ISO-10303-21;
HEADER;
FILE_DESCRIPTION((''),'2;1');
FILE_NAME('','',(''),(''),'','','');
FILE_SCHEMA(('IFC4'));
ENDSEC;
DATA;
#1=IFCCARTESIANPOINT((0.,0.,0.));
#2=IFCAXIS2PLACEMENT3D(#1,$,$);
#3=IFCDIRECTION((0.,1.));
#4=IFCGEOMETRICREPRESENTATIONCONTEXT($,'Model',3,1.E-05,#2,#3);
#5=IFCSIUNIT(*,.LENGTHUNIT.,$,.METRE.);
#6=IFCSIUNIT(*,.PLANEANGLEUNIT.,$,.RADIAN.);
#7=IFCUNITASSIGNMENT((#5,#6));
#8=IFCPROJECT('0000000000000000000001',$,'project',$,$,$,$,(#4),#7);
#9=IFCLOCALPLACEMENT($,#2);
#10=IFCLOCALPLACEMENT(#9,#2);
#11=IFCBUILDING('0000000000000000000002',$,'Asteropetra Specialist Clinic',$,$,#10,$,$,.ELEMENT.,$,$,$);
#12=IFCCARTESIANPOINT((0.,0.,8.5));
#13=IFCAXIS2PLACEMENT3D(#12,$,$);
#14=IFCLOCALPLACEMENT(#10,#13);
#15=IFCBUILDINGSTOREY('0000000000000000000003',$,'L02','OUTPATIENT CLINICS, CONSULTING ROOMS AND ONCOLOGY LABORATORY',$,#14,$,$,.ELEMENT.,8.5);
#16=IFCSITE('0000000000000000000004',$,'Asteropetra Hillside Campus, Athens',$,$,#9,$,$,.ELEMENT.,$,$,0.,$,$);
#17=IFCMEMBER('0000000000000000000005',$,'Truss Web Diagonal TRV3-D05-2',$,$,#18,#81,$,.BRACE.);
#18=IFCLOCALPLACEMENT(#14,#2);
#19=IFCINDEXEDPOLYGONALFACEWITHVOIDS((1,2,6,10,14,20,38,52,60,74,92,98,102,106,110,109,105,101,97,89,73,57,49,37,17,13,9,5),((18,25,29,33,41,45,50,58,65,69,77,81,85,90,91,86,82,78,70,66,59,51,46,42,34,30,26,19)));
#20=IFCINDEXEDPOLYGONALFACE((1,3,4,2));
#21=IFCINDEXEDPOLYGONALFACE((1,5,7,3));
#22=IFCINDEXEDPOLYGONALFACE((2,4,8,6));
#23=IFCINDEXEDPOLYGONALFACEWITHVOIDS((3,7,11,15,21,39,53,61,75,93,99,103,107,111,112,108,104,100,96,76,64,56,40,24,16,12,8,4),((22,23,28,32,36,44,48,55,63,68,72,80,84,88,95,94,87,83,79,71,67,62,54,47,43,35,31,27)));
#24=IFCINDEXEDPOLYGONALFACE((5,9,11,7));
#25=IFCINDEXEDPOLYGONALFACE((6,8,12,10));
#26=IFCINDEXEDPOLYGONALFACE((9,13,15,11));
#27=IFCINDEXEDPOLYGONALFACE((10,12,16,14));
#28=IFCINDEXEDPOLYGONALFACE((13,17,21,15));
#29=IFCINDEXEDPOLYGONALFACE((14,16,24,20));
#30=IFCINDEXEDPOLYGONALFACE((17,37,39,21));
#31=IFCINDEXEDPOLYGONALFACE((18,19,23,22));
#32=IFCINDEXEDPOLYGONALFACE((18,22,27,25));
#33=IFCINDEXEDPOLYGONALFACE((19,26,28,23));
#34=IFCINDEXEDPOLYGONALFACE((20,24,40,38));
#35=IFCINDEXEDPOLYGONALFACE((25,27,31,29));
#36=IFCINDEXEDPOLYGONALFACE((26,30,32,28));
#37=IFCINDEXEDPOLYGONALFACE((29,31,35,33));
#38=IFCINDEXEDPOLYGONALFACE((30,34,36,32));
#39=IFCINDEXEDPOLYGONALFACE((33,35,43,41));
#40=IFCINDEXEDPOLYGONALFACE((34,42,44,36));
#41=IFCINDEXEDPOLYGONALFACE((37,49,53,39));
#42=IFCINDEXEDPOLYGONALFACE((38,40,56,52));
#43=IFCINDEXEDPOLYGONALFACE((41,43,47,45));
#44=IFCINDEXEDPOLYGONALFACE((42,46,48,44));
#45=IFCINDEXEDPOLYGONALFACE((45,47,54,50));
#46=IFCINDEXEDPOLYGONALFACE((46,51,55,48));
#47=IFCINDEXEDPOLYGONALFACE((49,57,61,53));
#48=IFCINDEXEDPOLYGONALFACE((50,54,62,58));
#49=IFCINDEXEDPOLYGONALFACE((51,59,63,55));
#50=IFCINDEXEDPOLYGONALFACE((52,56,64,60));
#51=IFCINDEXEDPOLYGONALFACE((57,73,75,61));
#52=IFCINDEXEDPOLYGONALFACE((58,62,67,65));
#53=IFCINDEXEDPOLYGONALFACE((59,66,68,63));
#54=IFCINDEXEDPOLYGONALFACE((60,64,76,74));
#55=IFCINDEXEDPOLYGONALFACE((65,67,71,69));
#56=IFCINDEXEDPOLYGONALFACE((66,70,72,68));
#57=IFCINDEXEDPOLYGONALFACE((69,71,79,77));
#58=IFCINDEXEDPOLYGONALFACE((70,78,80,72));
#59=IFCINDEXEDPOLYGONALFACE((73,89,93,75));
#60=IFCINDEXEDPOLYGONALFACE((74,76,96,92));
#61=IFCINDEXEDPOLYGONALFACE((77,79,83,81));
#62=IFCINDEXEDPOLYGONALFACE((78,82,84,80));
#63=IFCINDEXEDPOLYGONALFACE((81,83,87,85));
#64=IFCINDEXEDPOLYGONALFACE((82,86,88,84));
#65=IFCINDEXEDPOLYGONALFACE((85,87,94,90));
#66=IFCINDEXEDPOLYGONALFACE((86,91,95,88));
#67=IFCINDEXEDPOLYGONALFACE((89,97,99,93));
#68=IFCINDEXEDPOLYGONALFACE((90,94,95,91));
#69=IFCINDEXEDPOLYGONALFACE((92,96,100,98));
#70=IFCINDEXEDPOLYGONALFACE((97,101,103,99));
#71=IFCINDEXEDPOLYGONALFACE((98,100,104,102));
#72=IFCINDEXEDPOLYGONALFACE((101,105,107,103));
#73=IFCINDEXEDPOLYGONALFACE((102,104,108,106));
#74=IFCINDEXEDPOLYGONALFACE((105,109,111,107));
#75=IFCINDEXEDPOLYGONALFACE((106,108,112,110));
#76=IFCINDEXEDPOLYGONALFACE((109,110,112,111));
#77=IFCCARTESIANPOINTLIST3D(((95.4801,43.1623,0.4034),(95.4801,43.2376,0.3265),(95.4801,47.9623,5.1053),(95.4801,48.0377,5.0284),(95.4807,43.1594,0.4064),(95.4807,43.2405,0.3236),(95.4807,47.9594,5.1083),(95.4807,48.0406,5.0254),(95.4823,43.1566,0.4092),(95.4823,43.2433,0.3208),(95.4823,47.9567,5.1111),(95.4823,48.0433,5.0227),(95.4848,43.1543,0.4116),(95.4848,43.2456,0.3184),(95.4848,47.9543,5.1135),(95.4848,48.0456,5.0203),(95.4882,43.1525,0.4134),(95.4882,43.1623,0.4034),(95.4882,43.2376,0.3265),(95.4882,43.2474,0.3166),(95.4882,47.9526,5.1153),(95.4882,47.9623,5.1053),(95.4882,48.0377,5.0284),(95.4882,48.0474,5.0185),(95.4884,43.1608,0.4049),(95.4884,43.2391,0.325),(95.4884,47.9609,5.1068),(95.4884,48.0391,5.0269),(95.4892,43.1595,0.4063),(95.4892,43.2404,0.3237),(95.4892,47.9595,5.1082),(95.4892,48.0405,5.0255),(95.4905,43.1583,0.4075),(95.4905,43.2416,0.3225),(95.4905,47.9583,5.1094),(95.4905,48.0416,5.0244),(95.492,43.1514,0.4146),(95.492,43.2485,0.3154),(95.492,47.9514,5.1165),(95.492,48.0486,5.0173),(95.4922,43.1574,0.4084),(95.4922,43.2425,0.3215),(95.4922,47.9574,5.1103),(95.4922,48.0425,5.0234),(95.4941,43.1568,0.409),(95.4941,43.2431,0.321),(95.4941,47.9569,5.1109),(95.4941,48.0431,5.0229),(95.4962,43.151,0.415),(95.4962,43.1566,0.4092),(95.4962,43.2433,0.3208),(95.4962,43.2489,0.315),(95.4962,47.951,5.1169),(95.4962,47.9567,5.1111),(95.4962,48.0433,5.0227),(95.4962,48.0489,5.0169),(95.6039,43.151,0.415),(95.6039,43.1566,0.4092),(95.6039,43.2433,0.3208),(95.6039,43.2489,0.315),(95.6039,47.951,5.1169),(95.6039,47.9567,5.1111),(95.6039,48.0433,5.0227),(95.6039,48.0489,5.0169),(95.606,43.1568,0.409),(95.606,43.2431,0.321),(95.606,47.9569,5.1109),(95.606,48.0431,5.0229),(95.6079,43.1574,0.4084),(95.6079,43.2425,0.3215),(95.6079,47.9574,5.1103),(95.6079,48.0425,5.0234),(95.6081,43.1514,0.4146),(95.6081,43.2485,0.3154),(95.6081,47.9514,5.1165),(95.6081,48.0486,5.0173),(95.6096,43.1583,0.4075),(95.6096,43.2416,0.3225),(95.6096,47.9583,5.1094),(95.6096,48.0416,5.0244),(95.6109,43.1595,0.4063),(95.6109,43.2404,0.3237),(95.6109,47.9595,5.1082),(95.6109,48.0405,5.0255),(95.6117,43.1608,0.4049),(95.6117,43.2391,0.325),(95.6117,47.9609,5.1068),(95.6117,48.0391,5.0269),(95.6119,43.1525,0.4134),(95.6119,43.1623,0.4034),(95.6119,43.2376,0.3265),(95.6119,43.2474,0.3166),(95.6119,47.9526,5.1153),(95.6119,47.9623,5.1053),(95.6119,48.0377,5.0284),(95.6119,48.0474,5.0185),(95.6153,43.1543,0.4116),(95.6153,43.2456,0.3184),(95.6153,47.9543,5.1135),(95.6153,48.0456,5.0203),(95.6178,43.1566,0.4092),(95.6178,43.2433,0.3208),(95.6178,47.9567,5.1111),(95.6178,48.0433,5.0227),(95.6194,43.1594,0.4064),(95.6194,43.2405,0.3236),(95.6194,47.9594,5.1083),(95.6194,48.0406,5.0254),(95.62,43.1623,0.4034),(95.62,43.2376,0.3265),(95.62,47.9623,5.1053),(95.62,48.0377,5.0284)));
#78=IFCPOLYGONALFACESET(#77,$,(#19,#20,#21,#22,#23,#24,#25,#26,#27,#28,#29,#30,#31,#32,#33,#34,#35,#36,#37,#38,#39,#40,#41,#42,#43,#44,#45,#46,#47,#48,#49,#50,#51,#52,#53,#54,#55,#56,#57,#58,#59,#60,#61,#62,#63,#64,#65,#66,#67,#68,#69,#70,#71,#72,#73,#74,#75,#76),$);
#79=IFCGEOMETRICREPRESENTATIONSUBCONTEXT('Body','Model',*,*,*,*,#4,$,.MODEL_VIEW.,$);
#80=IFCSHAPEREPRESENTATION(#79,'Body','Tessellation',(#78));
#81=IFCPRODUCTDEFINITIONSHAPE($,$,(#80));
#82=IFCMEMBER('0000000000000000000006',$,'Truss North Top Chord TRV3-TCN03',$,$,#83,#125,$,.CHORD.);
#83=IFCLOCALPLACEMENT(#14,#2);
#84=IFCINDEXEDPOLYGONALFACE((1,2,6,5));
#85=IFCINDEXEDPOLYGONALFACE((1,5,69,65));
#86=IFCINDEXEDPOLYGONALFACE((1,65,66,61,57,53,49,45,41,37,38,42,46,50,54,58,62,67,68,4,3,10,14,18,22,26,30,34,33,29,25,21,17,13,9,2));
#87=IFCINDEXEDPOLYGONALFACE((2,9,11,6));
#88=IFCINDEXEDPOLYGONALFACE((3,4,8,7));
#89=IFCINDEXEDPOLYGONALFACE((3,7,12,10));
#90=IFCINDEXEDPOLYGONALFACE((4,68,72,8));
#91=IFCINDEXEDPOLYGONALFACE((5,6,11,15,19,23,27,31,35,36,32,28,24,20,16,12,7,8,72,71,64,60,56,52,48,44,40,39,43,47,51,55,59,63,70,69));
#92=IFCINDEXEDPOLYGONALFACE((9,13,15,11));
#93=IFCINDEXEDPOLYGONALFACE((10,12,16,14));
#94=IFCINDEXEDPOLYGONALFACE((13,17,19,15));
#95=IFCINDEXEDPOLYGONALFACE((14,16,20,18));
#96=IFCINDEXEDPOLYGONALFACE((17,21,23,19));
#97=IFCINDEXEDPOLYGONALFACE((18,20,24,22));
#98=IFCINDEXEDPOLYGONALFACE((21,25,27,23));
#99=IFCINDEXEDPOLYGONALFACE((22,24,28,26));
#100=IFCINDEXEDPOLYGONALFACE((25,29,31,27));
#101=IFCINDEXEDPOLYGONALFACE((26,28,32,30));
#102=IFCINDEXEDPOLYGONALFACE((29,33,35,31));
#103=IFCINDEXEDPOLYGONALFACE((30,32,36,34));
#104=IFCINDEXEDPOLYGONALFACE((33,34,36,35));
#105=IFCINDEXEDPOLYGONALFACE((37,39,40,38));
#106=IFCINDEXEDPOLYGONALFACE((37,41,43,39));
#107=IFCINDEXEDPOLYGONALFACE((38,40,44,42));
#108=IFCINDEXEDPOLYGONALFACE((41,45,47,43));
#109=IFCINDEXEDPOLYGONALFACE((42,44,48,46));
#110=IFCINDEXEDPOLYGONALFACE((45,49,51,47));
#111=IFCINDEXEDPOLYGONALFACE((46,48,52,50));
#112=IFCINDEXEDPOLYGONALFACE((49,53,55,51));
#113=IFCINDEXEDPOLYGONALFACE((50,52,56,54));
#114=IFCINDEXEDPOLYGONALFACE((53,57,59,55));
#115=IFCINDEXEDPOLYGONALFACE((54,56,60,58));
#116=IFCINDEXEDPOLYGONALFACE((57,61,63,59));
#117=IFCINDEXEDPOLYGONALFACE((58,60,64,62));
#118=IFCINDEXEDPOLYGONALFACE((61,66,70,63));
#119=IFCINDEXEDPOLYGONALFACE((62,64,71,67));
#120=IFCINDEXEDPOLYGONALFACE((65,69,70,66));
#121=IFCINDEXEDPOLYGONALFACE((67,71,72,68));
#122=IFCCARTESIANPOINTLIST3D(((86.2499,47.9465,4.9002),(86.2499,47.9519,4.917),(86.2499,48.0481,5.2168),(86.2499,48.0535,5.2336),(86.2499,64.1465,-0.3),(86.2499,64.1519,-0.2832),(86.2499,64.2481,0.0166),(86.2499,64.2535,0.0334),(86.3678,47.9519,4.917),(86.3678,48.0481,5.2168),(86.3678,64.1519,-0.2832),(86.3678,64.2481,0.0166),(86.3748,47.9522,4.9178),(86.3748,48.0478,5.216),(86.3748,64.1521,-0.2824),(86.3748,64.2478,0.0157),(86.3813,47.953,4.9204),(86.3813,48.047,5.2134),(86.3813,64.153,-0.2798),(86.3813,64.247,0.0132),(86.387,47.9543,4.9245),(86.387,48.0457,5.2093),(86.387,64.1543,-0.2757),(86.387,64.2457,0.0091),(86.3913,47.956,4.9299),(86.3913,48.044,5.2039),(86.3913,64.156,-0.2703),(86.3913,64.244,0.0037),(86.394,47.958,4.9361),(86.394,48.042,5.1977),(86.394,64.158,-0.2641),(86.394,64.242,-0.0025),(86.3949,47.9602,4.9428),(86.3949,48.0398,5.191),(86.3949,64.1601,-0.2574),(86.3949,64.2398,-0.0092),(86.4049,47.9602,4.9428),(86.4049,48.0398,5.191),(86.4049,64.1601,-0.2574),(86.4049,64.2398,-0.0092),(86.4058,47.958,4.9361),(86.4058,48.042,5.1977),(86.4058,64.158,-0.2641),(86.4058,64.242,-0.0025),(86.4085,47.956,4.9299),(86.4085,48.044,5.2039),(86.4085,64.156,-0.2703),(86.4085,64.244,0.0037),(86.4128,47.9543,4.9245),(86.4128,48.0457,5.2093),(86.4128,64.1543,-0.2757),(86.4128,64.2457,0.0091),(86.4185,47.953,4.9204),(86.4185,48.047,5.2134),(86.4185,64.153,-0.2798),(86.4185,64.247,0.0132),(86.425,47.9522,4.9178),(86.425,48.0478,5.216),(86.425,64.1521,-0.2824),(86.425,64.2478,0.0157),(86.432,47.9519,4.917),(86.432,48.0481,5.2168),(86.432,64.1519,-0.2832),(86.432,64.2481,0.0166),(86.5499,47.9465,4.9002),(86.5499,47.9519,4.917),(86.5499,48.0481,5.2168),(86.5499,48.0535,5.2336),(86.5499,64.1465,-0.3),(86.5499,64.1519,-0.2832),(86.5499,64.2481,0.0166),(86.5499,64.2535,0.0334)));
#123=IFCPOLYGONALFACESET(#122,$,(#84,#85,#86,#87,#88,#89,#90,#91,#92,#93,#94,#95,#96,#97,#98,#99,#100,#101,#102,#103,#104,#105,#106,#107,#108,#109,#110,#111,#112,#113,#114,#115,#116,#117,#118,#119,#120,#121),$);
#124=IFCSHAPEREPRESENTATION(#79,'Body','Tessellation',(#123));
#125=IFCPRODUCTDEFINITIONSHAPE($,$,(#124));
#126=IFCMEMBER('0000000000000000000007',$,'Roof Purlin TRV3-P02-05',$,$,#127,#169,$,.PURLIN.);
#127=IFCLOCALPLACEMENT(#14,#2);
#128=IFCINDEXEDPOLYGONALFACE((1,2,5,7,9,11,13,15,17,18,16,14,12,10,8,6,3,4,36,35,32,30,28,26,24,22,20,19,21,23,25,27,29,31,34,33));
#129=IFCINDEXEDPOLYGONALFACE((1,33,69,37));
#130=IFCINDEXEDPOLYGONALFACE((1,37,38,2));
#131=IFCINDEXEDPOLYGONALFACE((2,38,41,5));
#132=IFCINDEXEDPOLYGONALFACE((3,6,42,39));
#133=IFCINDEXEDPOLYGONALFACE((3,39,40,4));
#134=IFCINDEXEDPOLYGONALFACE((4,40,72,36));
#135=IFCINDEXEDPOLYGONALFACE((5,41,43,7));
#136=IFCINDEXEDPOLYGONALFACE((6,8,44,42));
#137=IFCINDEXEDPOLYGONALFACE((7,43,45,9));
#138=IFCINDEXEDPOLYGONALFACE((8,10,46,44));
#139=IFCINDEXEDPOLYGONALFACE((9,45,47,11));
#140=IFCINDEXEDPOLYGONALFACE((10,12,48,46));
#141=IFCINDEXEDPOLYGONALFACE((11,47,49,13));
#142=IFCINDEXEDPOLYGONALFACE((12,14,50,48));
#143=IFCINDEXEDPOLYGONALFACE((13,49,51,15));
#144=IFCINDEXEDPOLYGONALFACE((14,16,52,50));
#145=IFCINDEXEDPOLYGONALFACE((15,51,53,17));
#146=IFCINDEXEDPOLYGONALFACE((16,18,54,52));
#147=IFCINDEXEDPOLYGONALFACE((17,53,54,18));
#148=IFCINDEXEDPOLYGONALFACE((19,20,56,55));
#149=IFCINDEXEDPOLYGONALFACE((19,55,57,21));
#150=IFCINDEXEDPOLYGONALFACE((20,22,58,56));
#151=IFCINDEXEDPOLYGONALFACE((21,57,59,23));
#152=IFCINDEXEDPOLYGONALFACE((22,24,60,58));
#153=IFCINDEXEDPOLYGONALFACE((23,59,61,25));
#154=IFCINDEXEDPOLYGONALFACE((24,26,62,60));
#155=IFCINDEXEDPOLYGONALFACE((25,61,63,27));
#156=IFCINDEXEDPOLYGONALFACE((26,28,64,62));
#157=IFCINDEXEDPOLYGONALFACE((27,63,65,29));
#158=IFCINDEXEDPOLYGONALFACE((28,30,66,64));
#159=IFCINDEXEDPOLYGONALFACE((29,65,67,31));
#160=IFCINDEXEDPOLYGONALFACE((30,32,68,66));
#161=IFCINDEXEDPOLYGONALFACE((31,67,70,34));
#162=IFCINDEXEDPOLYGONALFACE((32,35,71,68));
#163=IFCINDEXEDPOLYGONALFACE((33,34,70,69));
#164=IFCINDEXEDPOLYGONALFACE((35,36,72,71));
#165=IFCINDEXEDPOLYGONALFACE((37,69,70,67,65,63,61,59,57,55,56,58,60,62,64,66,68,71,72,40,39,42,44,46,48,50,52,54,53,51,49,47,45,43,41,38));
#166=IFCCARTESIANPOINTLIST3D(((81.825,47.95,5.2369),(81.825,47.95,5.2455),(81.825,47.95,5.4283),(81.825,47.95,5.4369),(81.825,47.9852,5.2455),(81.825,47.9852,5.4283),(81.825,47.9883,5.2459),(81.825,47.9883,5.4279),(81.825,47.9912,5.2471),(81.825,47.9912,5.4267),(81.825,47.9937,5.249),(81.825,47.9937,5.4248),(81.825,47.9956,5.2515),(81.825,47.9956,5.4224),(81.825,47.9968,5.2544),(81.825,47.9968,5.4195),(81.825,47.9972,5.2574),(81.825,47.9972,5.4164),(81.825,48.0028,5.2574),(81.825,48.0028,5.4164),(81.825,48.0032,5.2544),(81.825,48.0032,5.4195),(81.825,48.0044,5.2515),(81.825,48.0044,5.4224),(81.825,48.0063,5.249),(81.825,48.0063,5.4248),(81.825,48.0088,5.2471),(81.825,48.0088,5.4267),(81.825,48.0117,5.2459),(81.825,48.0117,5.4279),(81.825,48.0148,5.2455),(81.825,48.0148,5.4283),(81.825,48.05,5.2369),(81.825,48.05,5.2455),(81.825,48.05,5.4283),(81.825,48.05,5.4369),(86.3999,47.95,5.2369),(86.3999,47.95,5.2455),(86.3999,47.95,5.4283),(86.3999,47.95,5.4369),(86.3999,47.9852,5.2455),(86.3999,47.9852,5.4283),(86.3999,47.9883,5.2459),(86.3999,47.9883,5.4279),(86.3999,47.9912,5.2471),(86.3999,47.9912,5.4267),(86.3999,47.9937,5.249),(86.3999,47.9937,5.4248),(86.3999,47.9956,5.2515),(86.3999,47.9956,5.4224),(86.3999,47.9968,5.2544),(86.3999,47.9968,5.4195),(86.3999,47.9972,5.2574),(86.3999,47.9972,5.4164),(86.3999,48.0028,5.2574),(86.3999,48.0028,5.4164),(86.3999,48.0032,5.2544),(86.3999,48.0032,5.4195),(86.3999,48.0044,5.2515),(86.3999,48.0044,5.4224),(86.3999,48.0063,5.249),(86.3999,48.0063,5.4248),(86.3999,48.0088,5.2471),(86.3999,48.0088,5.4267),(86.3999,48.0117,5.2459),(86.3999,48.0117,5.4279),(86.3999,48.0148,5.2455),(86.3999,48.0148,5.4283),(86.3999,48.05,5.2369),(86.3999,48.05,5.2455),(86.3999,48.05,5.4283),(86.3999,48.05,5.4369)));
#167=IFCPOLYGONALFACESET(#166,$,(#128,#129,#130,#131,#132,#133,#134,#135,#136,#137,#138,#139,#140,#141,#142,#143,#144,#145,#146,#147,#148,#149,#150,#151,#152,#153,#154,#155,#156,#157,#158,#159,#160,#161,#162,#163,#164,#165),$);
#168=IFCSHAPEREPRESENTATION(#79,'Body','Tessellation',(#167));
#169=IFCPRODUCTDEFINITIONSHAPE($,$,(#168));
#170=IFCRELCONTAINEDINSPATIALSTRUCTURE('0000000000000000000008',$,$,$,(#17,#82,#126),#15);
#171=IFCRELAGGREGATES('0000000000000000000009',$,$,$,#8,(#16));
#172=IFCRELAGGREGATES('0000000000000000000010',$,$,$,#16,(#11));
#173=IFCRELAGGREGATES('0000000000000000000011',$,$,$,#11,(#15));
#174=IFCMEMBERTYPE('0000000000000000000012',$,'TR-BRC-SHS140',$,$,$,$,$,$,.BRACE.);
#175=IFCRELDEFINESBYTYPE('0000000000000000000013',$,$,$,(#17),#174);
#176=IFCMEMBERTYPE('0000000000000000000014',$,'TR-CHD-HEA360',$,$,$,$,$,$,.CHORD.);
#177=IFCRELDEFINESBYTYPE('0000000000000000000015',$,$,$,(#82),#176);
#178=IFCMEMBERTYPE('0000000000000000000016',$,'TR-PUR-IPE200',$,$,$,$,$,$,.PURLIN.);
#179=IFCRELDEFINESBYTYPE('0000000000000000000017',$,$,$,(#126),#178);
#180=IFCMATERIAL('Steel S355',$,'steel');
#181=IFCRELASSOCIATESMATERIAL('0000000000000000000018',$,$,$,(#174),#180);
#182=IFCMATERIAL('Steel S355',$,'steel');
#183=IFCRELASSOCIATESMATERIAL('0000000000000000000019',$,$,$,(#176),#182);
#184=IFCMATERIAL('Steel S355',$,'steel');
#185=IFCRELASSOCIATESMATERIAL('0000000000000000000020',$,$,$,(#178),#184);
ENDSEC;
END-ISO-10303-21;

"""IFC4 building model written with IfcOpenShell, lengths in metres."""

from ifc_helpers import new_model, si_unit, direction, frame, origin, origin_2d, place, context, subcontext, project, spatial, hollow_rectangle, i_section, extrude, material, material_profile, profile_set, type_object, element, save


model = new_model("IFC4")

# Units and contexts
model_context = context("Model", 3, precision=1e-05, world=origin(), true_north=direction((0.0, 1.0)))
body_context = subcontext(model_context, "Body", "Model", "MODEL_VIEW")
ifc_project = project(units=[si_unit("LENGTHUNIT", "METRE"), si_unit("PLANEANGLEUNIT", "RADIAN")], contexts=[model_context])

# Site, building, storey
site_placement = place(None, origin())
site = spatial("IfcSite", under=ifc_project, at=site_placement, Name="Asteropetra Hillside Campus, Athens", CompositionType="ELEMENT", RefElevation=0.0)
building_placement = place(site_placement, origin())
building = spatial("IfcBuilding", under=site, at=building_placement, Name="Asteropetra Specialist Clinic", CompositionType="ELEMENT")
storey_placement = place(building_placement, frame((0.0, 0.0, 8.5)))
storey = spatial("IfcBuildingStorey", under=building, at=storey_placement, Name="L02", Description="OUTPATIENT CLINICS, CONSULTING ROOMS AND ONCOLOGY LABORATORY", CompositionType="ELEMENT", Elevation=8.5)

# Members
ifc_material_1 = material(Name="Steel S355", Category="steel")
ifc_material_profile_1 = material_profile(ifc_material_1, hollow_rectangle(XDim=0.1399, YDim=0.1399, WallThickness=0.0081, InnerFilletRadius=0.0081, OuterFilletRadius=0.0161, at=origin_2d()), Name="SHS 140x140x8.0")
ifc_profile_set_1 = profile_set([ifc_material_profile_1], Name="Steel S355")
member_type_1 = type_object("IfcMemberType", Name="TR-BRC-SHS140", PredefinedType="BRACE", material=ifc_profile_set_1)
member_1_placement = place(storey_placement, frame((95.55, 43.2, 0.365), z_axis=(0.0, 0.714372, 0.699766), x_axis=(-1.0, 0.0, 0.0)))
element("IfcMember", 1, at=member_1_placement, inside=storey, type_object=member_type_1, Name="Truss Web Diagonal TRV3-D05-2", PredefinedType="BRACE", context=body_context, shape_type="SweptSolid", body=[
    extrude(hollow_rectangle(XDim=0.1399, YDim=0.1399, WallThickness=0.0081, InnerFilletRadius=0.0081, OuterFilletRadius=0.0161, at=origin_2d()), origin(), (0.0, 0.0, 1.0), 6.7192),
])
ifc_material_2 = material(Name="Steel S355", Category="steel")
ifc_material_profile_2 = material_profile(ifc_material_2, i_section(OverallWidth=0.3, OverallDepth=0.3501, WebThickness=0.01, FlangeThickness=0.0176, FilletRadius=0.0271, at=origin_2d()), Name="HEA 360")
ifc_profile_set_2 = profile_set([ifc_material_profile_2], Name="Steel S355")
member_type_2 = type_object("IfcMemberType", Name="TR-CHD-HEA360", PredefinedType="CHORD", material=ifc_profile_set_2)
member_2_placement = place(storey_placement, frame((86.3999, 48.0, 5.0669), z_axis=(0.0, 0.952147, -0.30564), x_axis=(-1.0, 0.0, 0.0)))
element("IfcMember", 2, at=member_2_placement, inside=storey, type_object=member_type_2, Name="Truss North Top Chord TRV3-TCN03", PredefinedType="CHORD", context=body_context, shape_type="SweptSolid", body=[
    extrude(i_section(OverallWidth=0.3, OverallDepth=0.3501, WebThickness=0.01, FlangeThickness=0.0176, FilletRadius=0.0271, at=origin_2d()), origin(), (0.0, 0.0, 1.0), 17.0142),
])
ifc_material_3 = material(Name="Steel S355", Category="steel")
ifc_material_profile_3 = material_profile(ifc_material_3, i_section(OverallWidth=0.1001, OverallDepth=0.2, WebThickness=0.0056, FlangeThickness=0.0085, FilletRadius=0.012, at=origin_2d()), Name="IPE 200")
ifc_profile_set_3 = profile_set([ifc_material_profile_3], Name="Steel S355")
member_type_3 = type_object("IfcMemberType", Name="TR-PUR-IPE200", PredefinedType="PURLIN", material=ifc_profile_set_3)
member_3_placement = place(storey_placement, frame((81.825, 48.0, 5.3369), z_axis=(1.0, 0.0, 0.0), x_axis=(0.0, 1.0, 0.0)))
element("IfcMember", 3, at=member_3_placement, inside=storey, type_object=member_type_3, Name="Roof Purlin TRV3-P02-05", PredefinedType="PURLIN", context=body_context, shape_type="SweptSolid", body=[
    extrude(i_section(OverallWidth=0.1001, OverallDepth=0.2, WebThickness=0.0056, FlangeThickness=0.0085, FilletRadius=0.012, at=origin_2d()), origin(), (0.0, 0.0, 1.0), 4.575),
])

save(model, "model.ifc")
